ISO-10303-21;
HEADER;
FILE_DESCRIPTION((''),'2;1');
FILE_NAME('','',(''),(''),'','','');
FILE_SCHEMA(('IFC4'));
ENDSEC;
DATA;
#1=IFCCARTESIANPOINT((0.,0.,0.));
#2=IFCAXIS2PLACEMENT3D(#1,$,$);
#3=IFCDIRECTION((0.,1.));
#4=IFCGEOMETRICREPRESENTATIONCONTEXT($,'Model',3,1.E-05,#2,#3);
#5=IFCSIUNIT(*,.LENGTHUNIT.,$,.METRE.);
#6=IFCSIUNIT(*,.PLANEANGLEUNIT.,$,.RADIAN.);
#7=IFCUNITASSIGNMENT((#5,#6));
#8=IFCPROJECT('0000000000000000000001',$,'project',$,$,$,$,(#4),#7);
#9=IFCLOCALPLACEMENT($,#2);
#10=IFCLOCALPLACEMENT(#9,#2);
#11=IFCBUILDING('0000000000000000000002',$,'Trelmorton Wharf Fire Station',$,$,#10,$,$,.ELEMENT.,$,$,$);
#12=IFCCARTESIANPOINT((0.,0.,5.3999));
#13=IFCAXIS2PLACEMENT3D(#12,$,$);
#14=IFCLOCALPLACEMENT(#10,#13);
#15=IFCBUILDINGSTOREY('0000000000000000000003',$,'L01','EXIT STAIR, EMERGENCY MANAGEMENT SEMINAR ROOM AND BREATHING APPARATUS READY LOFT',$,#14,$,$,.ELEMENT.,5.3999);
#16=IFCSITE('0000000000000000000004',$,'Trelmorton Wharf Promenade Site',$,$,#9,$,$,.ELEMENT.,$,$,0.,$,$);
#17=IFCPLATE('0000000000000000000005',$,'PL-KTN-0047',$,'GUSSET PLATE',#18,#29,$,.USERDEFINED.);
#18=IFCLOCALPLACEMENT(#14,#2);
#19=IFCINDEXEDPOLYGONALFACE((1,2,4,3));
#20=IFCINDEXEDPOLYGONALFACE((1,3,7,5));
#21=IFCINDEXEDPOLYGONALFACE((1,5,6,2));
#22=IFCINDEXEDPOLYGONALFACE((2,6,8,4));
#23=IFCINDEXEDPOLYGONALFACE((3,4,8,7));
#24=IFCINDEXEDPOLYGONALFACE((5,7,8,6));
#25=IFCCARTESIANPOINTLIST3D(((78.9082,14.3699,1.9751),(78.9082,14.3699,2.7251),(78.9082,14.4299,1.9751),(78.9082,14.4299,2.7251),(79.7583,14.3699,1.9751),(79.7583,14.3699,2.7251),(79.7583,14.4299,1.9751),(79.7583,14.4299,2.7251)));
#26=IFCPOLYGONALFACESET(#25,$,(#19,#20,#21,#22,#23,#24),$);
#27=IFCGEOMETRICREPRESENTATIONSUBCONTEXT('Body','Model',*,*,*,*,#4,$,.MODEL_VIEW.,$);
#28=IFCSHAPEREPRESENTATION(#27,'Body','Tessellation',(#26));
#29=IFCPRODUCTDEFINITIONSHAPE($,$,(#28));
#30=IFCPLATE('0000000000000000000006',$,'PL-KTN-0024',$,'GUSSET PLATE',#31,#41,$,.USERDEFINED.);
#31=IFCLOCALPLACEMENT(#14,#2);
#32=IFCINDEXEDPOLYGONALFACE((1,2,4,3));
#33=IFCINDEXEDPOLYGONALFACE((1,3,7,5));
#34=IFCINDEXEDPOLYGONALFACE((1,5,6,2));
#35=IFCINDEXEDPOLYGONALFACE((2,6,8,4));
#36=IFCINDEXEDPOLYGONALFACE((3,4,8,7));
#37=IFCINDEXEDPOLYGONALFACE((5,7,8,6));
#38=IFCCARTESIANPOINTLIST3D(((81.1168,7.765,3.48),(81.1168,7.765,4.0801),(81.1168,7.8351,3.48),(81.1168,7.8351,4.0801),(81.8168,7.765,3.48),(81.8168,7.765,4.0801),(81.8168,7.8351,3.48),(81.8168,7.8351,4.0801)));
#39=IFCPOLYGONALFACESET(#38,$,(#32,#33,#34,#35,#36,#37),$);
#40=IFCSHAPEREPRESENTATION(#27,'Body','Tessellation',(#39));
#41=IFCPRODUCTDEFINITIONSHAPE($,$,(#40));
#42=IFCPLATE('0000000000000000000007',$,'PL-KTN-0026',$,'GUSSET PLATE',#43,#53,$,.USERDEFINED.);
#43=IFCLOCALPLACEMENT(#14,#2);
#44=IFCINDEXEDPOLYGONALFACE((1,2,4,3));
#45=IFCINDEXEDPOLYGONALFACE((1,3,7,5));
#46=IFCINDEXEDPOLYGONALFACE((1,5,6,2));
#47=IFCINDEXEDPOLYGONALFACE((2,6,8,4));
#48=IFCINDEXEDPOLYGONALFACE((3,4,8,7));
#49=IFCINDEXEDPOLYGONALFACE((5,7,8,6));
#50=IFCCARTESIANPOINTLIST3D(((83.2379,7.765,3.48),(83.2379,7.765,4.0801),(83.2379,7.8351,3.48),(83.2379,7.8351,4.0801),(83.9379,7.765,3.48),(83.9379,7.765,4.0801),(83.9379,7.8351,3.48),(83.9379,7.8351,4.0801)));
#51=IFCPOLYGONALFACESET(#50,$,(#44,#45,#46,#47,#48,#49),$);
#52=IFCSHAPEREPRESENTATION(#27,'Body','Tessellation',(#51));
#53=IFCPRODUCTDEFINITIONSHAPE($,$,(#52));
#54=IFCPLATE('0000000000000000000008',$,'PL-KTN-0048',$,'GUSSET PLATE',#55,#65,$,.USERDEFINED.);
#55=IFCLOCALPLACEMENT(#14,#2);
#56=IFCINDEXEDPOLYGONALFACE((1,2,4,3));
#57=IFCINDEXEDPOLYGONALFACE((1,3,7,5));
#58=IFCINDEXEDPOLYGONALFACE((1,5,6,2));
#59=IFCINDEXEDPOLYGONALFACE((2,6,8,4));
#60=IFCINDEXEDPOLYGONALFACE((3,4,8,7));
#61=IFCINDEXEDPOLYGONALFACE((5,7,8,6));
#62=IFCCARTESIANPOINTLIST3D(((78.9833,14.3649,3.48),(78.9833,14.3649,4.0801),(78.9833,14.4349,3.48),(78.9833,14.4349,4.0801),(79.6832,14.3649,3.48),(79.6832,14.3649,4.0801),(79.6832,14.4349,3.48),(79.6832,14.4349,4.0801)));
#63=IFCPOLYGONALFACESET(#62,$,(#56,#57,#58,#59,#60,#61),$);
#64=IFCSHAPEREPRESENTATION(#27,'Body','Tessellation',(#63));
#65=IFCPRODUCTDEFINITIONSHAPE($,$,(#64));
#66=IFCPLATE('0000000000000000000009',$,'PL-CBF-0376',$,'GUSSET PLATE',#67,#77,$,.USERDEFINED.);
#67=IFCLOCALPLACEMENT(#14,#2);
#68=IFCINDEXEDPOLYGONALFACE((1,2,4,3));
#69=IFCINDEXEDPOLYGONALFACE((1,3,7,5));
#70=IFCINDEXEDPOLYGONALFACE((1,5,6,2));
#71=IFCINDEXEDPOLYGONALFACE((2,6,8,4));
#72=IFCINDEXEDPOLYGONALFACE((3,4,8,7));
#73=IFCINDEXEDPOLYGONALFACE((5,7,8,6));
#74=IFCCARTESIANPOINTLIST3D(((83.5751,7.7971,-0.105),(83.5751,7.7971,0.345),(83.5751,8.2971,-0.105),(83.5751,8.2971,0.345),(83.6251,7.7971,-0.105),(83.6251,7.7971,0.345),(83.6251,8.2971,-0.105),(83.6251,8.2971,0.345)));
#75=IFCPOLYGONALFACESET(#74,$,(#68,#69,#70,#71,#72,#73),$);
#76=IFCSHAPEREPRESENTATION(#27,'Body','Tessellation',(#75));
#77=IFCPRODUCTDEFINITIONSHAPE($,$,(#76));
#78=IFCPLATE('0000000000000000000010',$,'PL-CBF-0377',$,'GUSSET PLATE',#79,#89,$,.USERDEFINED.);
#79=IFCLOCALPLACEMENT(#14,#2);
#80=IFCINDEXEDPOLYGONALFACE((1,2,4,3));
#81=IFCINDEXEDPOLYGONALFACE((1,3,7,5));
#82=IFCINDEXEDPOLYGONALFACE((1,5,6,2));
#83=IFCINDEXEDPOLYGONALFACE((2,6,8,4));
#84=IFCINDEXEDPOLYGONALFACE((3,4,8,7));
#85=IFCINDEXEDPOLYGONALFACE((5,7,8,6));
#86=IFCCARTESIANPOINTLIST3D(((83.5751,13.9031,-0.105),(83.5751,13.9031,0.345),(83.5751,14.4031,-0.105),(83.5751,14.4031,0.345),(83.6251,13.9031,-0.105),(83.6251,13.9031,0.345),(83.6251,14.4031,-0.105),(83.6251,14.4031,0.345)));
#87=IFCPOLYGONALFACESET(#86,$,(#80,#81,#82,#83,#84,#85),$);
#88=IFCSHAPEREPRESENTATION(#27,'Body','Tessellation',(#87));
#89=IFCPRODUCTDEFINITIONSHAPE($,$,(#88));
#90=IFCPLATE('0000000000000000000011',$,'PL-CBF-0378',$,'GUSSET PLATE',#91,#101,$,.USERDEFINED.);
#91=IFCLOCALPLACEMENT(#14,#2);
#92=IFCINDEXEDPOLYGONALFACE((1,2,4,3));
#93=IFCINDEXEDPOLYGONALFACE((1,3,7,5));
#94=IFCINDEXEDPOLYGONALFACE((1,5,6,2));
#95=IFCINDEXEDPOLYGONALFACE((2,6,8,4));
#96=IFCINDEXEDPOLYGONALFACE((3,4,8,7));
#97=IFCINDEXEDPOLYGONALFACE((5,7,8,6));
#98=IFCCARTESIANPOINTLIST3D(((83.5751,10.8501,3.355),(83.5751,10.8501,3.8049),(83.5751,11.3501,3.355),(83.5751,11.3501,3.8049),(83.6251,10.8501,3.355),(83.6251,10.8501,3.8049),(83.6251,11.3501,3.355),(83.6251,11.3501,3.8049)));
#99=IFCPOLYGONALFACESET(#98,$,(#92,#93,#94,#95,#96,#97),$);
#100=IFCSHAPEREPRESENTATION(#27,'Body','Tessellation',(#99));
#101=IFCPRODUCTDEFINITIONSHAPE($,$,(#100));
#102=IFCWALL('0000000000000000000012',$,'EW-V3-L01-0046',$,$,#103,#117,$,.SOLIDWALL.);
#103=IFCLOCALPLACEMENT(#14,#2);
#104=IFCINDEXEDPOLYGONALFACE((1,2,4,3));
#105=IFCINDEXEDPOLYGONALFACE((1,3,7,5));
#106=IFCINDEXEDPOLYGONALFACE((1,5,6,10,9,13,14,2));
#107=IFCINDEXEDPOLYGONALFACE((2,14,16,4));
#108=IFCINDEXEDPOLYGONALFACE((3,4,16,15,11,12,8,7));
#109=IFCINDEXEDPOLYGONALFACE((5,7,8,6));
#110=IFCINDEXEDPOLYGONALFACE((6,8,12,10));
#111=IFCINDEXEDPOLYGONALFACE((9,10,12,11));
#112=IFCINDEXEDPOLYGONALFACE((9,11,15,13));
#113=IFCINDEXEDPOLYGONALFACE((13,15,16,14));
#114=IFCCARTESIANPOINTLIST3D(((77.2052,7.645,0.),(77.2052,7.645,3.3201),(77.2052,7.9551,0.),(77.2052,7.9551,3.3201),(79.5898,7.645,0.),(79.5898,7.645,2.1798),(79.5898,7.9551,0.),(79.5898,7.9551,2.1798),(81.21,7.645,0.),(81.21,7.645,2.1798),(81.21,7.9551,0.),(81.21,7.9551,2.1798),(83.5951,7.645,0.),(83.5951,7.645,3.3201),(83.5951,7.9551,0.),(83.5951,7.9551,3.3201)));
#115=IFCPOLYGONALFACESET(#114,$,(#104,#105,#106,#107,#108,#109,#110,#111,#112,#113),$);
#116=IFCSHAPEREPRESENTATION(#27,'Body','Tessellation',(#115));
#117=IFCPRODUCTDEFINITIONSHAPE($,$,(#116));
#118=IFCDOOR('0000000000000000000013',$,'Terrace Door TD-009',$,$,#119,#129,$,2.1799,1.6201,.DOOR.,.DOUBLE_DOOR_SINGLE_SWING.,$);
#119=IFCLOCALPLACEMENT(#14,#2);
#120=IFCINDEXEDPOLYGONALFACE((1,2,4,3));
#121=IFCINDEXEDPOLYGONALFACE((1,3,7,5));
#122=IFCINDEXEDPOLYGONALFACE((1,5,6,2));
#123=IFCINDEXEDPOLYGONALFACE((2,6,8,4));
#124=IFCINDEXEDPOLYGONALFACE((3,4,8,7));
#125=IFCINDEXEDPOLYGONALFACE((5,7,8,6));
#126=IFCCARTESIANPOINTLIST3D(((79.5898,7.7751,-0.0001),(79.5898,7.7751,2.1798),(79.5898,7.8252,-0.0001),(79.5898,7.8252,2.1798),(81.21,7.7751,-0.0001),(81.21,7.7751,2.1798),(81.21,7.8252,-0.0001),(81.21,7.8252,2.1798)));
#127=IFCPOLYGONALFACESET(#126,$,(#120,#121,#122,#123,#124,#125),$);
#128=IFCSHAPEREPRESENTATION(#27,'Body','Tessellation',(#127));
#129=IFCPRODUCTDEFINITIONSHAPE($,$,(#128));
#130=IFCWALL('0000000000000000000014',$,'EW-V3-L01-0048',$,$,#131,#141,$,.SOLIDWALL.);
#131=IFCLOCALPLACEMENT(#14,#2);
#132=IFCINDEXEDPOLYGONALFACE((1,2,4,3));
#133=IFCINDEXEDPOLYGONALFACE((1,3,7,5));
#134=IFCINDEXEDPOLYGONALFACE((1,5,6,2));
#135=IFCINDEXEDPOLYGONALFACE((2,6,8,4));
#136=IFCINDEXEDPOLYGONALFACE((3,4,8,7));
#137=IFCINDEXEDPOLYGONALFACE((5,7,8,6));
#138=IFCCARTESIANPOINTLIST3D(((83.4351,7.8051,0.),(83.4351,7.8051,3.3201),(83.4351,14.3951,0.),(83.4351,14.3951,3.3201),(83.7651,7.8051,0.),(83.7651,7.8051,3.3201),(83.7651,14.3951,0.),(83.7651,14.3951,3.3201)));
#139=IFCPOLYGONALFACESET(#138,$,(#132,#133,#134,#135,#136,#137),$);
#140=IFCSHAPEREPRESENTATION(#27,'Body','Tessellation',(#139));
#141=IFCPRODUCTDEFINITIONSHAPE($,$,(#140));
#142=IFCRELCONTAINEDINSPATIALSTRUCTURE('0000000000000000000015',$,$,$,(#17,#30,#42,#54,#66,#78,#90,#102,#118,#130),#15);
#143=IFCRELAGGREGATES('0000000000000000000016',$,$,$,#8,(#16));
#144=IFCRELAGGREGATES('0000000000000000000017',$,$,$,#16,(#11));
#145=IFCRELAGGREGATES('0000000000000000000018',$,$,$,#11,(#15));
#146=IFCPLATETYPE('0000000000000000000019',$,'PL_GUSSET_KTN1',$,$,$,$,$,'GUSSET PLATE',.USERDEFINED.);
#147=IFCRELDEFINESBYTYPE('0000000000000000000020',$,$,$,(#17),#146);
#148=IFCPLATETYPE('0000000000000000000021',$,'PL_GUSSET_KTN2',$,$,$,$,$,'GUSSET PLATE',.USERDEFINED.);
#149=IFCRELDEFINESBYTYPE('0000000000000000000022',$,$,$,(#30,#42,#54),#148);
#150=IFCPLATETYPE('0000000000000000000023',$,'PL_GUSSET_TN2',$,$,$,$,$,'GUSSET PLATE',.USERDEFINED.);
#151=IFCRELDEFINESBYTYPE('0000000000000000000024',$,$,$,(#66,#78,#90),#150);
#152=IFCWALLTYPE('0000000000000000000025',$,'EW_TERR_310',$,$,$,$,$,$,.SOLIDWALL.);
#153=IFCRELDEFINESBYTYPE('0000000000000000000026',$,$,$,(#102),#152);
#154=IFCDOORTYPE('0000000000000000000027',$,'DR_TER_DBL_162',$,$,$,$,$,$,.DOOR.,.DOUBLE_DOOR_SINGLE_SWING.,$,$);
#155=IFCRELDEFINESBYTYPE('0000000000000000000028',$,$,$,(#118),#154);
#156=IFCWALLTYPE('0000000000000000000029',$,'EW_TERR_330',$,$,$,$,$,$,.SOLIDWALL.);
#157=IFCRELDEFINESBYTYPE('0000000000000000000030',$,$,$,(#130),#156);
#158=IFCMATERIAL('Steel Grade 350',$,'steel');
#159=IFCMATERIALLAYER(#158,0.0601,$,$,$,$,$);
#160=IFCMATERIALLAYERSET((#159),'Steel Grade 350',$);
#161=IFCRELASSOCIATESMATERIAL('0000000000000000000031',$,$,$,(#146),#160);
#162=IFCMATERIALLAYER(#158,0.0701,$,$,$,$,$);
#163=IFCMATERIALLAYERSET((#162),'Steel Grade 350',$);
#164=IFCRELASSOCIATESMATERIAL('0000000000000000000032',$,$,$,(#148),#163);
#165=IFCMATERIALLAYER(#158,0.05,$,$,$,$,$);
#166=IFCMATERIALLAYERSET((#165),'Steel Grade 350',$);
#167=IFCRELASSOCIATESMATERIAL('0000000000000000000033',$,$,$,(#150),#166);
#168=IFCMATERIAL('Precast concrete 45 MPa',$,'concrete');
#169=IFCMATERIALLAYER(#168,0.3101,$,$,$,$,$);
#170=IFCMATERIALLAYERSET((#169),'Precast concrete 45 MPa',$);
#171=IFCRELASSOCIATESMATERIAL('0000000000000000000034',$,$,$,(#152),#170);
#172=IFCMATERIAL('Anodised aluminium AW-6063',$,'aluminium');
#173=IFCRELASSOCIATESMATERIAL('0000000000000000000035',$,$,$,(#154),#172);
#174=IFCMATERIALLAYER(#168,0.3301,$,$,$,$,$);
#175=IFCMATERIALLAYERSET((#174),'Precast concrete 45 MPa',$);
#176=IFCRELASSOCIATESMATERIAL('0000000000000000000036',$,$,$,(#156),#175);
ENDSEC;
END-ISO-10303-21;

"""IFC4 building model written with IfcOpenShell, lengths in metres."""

from ifc_helpers import new_model, si_unit, direction, frame, frame_2d, origin, origin_2d, place, context, subcontext, project, spatial, rectangle, extrude, material, layer, layer_set, type_object, element, fill, save


model = new_model("IFC4")

# Units and contexts
model_context = context("Model", 3, precision=1e-05, world=origin(), true_north=direction((0.0, 1.0)))
body_context = subcontext(model_context, "Body", "Model", "MODEL_VIEW")
ifc_project = project(units=[si_unit("LENGTHUNIT", "METRE"), si_unit("PLANEANGLEUNIT", "RADIAN")], contexts=[model_context])

# Site, building, storey
site_placement = place(None, origin())
site = spatial("IfcSite", under=ifc_project, at=site_placement, Name="Trelmorton Wharf Promenade Site", CompositionType="ELEMENT", RefElevation=0.0)
building_placement = place(site_placement, origin())
building = spatial("IfcBuilding", under=site, at=building_placement, Name="Trelmorton Wharf Fire Station", CompositionType="ELEMENT")
storey_placement = place(building_placement, frame((0.0, 0.0, 5.3999)))
storey = spatial("IfcBuildingStorey", under=building, at=storey_placement, Name="L01", Description="EXIT STAIR, EMERGENCY MANAGEMENT SEMINAR ROOM AND BREATHING APPARATUS READY LOFT", CompositionType="ELEMENT", Elevation=5.3999)

# Shared definitions
ifc_material_1 = material(Name="Steel Grade 350", Category="steel")

# Plates
ifc_layer_1 = layer(ifc_material_1, 0.0601)
ifc_layer_set_1 = layer_set([ifc_layer_1], Name="Steel Grade 350")
plate_type_1 = type_object("IfcPlateType", Name="PL_GUSSET_KTN1", ElementType="GUSSET PLATE", PredefinedType="USERDEFINED", material=ifc_layer_set_1)
for number, where, z_axis, x_axis, name in (
    (1, (79.3333, 14.3999, 1.9751), (0.0, 0.0, 1.0), (1.0, 0.0, 0.0), "PL-KTN-0047"),
):
    element("IfcPlate", number, at=place(storey_placement, frame(where, z_axis=z_axis, x_axis=x_axis)), inside=storey, type_object=plate_type_1, Name=name, ObjectType="GUSSET PLATE", PredefinedType="USERDEFINED", context=body_context, shape_type="SweptSolid", body=[
        extrude(rectangle(XDim=0.8501, YDim=0.0601, at=origin_2d()), origin(), (0.0, 0.0, 1.0), 0.75),
    ])
ifc_layer_2 = layer(ifc_material_1, 0.0701)
ifc_layer_set_2 = layer_set([ifc_layer_2], Name="Steel Grade 350")
plate_type_2 = type_object("IfcPlateType", Name="PL_GUSSET_KTN2", ElementType="GUSSET PLATE", PredefinedType="USERDEFINED", material=ifc_layer_set_2)
for number, where, z_axis, x_axis, name in (
    (2, (81.4668, 7.8, 3.48), (0.0, 0.0, 1.0), (1.0, 0.0, 0.0), "PL-KTN-0024"),
    (3, (83.5879, 7.8, 3.48), (0.0, 0.0, 1.0), (1.0, 0.0, 0.0), "PL-KTN-0026"),
    (4, (79.3333, 14.3999, 3.48), (0.0, 0.0, 1.0), (1.0, 0.0, 0.0), "PL-KTN-0048"),
):
    element("IfcPlate", number, at=place(storey_placement, frame(where, z_axis=z_axis, x_axis=x_axis)), inside=storey, type_object=plate_type_2, Name=name, ObjectType="GUSSET PLATE", PredefinedType="USERDEFINED", context=body_context, shape_type="SweptSolid", body=[
        extrude(rectangle(XDim=0.7, YDim=0.0701, at=origin_2d()), origin(), (0.0, 0.0, 1.0), 0.6001),
    ])
ifc_layer_3 = layer(ifc_material_1, 0.05)
ifc_layer_set_3 = layer_set([ifc_layer_3], Name="Steel Grade 350")
plate_type_3 = type_object("IfcPlateType", Name="PL_GUSSET_TN2", ElementType="GUSSET PLATE", PredefinedType="USERDEFINED", material=ifc_layer_set_3)
for number, where, z_axis, x_axis, name in (
    (5, (83.6001, 8.0471, -0.105), (0.0, 0.0, 1.0), (1.0, 0.0, 0.0), "PL-CBF-0376"),
    (6, (83.6001, 14.1531, -0.105), (0.0, 0.0, 1.0), (1.0, 0.0, 0.0), "PL-CBF-0377"),
    (7, (83.6001, 11.1001, 3.355), (0.0, 0.0, 1.0), (1.0, 0.0, 0.0), "PL-CBF-0378"),
):
    element("IfcPlate", number, at=place(storey_placement, frame(where, z_axis=z_axis, x_axis=x_axis)), inside=storey, type_object=plate_type_3, Name=name, ObjectType="GUSSET PLATE", PredefinedType="USERDEFINED", context=body_context, shape_type="SweptSolid", body=[
        extrude(rectangle(XDim=0.05, YDim=0.5, at=origin_2d()), origin(), (0.0, 0.0, 1.0), 0.45),
    ])

# Wall, opening, door
ifc_material_2 = material(Name="Precast concrete 45 MPa", Category="concrete")
ifc_layer_4 = layer(ifc_material_2, 0.3101)
ifc_layer_set_4 = layer_set([ifc_layer_4], Name="Precast concrete 45 MPa")
wall_type_1 = type_object("IfcWallType", Name="EW_TERR_310", PredefinedType="SOLIDWALL", material=ifc_layer_set_4)
wall_1_placement = place(storey_placement, frame((83.595, 7.8, 0.0), z_axis=(0.0, 0.0, 1.0), x_axis=(-1.0, 0.0, 0.0)))
wall_1 = element("IfcWall", 8, at=wall_1_placement, inside=storey, type_object=wall_type_1, Name="EW-V3-L01-0046", PredefinedType="SOLIDWALL", context=body_context, shape_type="SweptSolid", body=[
    extrude(rectangle(XDim=6.3899, YDim=0.3101, at=frame_2d((3.1948, 0.0))), origin(), (0.0, 0.0, 1.0), 3.3201),
])
opening_placement = place(wall_1_placement, frame((2.385, 0.0, 0.0)))
opening = element("IfcOpeningElement", 9, at=opening_placement, cuts=wall_1, PredefinedType="OPENING", context=body_context, shape_type="SweptSolid", body=[
    extrude(rectangle(XDim=1.6201, YDim=2.1799, at=frame_2d((0.8101, 1.0898))), frame((0.0, 0.165, 0.0), z_axis=(0.0, -1.0, 0.0), x_axis=(1.0, 0.0, 0.0)), (0.0, 0.0, 1.0), 0.3301),
])
ifc_material_3 = material(Name="Anodised aluminium AW-6063", Category="aluminium")
door_type = type_object("IfcDoorType", Name="DR_TER_DBL_162", OperationType="DOUBLE_DOOR_SINGLE_SWING", PredefinedType="DOOR", material=ifc_material_3)
door_placement = place(opening_placement, origin())
door = element("IfcDoor", 10, at=door_placement, inside=storey, type_object=door_type, Name="Terrace Door TD-009", OperationType="DOUBLE_DOOR_SINGLE_SWING", OverallHeight=2.1799, OverallWidth=1.6201, PredefinedType="DOOR", context=body_context, shape_type="SweptSolid", body=[
    extrude(rectangle(XDim=1.6201, YDim=2.1799, at=frame_2d((0.8101, 1.0898))), frame((0.0, 0.0249, 0.0), z_axis=(0.0, -1.0, 0.0), x_axis=(1.0, 0.0, 0.0)), (0.0, 0.0, 1.0), 0.05),
])
fill(opening, door)

# Wall
ifc_layer_5 = layer(ifc_material_2, 0.3301)
ifc_layer_set_5 = layer_set([ifc_layer_5], Name="Precast concrete 45 MPa")
wall_type_2 = type_object("IfcWallType", Name="EW_TERR_330", PredefinedType="SOLIDWALL", material=ifc_layer_set_5)
wall_2_placement = place(storey_placement, frame((83.6001, 14.395, 0.0), z_axis=(0.0, 0.0, 1.0), x_axis=(0.0, -1.0, 0.0)))
element("IfcWall", 11, at=wall_2_placement, inside=storey, type_object=wall_type_2, Name="EW-V3-L01-0048", PredefinedType="SOLIDWALL", context=body_context, shape_type="SweptSolid", body=[
    extrude(rectangle(XDim=6.5901, YDim=0.3301, at=frame_2d((3.2949, 0.0))), origin(), (0.0, 0.0, 1.0), 3.3201),
])

save(model, "model.ifc")
